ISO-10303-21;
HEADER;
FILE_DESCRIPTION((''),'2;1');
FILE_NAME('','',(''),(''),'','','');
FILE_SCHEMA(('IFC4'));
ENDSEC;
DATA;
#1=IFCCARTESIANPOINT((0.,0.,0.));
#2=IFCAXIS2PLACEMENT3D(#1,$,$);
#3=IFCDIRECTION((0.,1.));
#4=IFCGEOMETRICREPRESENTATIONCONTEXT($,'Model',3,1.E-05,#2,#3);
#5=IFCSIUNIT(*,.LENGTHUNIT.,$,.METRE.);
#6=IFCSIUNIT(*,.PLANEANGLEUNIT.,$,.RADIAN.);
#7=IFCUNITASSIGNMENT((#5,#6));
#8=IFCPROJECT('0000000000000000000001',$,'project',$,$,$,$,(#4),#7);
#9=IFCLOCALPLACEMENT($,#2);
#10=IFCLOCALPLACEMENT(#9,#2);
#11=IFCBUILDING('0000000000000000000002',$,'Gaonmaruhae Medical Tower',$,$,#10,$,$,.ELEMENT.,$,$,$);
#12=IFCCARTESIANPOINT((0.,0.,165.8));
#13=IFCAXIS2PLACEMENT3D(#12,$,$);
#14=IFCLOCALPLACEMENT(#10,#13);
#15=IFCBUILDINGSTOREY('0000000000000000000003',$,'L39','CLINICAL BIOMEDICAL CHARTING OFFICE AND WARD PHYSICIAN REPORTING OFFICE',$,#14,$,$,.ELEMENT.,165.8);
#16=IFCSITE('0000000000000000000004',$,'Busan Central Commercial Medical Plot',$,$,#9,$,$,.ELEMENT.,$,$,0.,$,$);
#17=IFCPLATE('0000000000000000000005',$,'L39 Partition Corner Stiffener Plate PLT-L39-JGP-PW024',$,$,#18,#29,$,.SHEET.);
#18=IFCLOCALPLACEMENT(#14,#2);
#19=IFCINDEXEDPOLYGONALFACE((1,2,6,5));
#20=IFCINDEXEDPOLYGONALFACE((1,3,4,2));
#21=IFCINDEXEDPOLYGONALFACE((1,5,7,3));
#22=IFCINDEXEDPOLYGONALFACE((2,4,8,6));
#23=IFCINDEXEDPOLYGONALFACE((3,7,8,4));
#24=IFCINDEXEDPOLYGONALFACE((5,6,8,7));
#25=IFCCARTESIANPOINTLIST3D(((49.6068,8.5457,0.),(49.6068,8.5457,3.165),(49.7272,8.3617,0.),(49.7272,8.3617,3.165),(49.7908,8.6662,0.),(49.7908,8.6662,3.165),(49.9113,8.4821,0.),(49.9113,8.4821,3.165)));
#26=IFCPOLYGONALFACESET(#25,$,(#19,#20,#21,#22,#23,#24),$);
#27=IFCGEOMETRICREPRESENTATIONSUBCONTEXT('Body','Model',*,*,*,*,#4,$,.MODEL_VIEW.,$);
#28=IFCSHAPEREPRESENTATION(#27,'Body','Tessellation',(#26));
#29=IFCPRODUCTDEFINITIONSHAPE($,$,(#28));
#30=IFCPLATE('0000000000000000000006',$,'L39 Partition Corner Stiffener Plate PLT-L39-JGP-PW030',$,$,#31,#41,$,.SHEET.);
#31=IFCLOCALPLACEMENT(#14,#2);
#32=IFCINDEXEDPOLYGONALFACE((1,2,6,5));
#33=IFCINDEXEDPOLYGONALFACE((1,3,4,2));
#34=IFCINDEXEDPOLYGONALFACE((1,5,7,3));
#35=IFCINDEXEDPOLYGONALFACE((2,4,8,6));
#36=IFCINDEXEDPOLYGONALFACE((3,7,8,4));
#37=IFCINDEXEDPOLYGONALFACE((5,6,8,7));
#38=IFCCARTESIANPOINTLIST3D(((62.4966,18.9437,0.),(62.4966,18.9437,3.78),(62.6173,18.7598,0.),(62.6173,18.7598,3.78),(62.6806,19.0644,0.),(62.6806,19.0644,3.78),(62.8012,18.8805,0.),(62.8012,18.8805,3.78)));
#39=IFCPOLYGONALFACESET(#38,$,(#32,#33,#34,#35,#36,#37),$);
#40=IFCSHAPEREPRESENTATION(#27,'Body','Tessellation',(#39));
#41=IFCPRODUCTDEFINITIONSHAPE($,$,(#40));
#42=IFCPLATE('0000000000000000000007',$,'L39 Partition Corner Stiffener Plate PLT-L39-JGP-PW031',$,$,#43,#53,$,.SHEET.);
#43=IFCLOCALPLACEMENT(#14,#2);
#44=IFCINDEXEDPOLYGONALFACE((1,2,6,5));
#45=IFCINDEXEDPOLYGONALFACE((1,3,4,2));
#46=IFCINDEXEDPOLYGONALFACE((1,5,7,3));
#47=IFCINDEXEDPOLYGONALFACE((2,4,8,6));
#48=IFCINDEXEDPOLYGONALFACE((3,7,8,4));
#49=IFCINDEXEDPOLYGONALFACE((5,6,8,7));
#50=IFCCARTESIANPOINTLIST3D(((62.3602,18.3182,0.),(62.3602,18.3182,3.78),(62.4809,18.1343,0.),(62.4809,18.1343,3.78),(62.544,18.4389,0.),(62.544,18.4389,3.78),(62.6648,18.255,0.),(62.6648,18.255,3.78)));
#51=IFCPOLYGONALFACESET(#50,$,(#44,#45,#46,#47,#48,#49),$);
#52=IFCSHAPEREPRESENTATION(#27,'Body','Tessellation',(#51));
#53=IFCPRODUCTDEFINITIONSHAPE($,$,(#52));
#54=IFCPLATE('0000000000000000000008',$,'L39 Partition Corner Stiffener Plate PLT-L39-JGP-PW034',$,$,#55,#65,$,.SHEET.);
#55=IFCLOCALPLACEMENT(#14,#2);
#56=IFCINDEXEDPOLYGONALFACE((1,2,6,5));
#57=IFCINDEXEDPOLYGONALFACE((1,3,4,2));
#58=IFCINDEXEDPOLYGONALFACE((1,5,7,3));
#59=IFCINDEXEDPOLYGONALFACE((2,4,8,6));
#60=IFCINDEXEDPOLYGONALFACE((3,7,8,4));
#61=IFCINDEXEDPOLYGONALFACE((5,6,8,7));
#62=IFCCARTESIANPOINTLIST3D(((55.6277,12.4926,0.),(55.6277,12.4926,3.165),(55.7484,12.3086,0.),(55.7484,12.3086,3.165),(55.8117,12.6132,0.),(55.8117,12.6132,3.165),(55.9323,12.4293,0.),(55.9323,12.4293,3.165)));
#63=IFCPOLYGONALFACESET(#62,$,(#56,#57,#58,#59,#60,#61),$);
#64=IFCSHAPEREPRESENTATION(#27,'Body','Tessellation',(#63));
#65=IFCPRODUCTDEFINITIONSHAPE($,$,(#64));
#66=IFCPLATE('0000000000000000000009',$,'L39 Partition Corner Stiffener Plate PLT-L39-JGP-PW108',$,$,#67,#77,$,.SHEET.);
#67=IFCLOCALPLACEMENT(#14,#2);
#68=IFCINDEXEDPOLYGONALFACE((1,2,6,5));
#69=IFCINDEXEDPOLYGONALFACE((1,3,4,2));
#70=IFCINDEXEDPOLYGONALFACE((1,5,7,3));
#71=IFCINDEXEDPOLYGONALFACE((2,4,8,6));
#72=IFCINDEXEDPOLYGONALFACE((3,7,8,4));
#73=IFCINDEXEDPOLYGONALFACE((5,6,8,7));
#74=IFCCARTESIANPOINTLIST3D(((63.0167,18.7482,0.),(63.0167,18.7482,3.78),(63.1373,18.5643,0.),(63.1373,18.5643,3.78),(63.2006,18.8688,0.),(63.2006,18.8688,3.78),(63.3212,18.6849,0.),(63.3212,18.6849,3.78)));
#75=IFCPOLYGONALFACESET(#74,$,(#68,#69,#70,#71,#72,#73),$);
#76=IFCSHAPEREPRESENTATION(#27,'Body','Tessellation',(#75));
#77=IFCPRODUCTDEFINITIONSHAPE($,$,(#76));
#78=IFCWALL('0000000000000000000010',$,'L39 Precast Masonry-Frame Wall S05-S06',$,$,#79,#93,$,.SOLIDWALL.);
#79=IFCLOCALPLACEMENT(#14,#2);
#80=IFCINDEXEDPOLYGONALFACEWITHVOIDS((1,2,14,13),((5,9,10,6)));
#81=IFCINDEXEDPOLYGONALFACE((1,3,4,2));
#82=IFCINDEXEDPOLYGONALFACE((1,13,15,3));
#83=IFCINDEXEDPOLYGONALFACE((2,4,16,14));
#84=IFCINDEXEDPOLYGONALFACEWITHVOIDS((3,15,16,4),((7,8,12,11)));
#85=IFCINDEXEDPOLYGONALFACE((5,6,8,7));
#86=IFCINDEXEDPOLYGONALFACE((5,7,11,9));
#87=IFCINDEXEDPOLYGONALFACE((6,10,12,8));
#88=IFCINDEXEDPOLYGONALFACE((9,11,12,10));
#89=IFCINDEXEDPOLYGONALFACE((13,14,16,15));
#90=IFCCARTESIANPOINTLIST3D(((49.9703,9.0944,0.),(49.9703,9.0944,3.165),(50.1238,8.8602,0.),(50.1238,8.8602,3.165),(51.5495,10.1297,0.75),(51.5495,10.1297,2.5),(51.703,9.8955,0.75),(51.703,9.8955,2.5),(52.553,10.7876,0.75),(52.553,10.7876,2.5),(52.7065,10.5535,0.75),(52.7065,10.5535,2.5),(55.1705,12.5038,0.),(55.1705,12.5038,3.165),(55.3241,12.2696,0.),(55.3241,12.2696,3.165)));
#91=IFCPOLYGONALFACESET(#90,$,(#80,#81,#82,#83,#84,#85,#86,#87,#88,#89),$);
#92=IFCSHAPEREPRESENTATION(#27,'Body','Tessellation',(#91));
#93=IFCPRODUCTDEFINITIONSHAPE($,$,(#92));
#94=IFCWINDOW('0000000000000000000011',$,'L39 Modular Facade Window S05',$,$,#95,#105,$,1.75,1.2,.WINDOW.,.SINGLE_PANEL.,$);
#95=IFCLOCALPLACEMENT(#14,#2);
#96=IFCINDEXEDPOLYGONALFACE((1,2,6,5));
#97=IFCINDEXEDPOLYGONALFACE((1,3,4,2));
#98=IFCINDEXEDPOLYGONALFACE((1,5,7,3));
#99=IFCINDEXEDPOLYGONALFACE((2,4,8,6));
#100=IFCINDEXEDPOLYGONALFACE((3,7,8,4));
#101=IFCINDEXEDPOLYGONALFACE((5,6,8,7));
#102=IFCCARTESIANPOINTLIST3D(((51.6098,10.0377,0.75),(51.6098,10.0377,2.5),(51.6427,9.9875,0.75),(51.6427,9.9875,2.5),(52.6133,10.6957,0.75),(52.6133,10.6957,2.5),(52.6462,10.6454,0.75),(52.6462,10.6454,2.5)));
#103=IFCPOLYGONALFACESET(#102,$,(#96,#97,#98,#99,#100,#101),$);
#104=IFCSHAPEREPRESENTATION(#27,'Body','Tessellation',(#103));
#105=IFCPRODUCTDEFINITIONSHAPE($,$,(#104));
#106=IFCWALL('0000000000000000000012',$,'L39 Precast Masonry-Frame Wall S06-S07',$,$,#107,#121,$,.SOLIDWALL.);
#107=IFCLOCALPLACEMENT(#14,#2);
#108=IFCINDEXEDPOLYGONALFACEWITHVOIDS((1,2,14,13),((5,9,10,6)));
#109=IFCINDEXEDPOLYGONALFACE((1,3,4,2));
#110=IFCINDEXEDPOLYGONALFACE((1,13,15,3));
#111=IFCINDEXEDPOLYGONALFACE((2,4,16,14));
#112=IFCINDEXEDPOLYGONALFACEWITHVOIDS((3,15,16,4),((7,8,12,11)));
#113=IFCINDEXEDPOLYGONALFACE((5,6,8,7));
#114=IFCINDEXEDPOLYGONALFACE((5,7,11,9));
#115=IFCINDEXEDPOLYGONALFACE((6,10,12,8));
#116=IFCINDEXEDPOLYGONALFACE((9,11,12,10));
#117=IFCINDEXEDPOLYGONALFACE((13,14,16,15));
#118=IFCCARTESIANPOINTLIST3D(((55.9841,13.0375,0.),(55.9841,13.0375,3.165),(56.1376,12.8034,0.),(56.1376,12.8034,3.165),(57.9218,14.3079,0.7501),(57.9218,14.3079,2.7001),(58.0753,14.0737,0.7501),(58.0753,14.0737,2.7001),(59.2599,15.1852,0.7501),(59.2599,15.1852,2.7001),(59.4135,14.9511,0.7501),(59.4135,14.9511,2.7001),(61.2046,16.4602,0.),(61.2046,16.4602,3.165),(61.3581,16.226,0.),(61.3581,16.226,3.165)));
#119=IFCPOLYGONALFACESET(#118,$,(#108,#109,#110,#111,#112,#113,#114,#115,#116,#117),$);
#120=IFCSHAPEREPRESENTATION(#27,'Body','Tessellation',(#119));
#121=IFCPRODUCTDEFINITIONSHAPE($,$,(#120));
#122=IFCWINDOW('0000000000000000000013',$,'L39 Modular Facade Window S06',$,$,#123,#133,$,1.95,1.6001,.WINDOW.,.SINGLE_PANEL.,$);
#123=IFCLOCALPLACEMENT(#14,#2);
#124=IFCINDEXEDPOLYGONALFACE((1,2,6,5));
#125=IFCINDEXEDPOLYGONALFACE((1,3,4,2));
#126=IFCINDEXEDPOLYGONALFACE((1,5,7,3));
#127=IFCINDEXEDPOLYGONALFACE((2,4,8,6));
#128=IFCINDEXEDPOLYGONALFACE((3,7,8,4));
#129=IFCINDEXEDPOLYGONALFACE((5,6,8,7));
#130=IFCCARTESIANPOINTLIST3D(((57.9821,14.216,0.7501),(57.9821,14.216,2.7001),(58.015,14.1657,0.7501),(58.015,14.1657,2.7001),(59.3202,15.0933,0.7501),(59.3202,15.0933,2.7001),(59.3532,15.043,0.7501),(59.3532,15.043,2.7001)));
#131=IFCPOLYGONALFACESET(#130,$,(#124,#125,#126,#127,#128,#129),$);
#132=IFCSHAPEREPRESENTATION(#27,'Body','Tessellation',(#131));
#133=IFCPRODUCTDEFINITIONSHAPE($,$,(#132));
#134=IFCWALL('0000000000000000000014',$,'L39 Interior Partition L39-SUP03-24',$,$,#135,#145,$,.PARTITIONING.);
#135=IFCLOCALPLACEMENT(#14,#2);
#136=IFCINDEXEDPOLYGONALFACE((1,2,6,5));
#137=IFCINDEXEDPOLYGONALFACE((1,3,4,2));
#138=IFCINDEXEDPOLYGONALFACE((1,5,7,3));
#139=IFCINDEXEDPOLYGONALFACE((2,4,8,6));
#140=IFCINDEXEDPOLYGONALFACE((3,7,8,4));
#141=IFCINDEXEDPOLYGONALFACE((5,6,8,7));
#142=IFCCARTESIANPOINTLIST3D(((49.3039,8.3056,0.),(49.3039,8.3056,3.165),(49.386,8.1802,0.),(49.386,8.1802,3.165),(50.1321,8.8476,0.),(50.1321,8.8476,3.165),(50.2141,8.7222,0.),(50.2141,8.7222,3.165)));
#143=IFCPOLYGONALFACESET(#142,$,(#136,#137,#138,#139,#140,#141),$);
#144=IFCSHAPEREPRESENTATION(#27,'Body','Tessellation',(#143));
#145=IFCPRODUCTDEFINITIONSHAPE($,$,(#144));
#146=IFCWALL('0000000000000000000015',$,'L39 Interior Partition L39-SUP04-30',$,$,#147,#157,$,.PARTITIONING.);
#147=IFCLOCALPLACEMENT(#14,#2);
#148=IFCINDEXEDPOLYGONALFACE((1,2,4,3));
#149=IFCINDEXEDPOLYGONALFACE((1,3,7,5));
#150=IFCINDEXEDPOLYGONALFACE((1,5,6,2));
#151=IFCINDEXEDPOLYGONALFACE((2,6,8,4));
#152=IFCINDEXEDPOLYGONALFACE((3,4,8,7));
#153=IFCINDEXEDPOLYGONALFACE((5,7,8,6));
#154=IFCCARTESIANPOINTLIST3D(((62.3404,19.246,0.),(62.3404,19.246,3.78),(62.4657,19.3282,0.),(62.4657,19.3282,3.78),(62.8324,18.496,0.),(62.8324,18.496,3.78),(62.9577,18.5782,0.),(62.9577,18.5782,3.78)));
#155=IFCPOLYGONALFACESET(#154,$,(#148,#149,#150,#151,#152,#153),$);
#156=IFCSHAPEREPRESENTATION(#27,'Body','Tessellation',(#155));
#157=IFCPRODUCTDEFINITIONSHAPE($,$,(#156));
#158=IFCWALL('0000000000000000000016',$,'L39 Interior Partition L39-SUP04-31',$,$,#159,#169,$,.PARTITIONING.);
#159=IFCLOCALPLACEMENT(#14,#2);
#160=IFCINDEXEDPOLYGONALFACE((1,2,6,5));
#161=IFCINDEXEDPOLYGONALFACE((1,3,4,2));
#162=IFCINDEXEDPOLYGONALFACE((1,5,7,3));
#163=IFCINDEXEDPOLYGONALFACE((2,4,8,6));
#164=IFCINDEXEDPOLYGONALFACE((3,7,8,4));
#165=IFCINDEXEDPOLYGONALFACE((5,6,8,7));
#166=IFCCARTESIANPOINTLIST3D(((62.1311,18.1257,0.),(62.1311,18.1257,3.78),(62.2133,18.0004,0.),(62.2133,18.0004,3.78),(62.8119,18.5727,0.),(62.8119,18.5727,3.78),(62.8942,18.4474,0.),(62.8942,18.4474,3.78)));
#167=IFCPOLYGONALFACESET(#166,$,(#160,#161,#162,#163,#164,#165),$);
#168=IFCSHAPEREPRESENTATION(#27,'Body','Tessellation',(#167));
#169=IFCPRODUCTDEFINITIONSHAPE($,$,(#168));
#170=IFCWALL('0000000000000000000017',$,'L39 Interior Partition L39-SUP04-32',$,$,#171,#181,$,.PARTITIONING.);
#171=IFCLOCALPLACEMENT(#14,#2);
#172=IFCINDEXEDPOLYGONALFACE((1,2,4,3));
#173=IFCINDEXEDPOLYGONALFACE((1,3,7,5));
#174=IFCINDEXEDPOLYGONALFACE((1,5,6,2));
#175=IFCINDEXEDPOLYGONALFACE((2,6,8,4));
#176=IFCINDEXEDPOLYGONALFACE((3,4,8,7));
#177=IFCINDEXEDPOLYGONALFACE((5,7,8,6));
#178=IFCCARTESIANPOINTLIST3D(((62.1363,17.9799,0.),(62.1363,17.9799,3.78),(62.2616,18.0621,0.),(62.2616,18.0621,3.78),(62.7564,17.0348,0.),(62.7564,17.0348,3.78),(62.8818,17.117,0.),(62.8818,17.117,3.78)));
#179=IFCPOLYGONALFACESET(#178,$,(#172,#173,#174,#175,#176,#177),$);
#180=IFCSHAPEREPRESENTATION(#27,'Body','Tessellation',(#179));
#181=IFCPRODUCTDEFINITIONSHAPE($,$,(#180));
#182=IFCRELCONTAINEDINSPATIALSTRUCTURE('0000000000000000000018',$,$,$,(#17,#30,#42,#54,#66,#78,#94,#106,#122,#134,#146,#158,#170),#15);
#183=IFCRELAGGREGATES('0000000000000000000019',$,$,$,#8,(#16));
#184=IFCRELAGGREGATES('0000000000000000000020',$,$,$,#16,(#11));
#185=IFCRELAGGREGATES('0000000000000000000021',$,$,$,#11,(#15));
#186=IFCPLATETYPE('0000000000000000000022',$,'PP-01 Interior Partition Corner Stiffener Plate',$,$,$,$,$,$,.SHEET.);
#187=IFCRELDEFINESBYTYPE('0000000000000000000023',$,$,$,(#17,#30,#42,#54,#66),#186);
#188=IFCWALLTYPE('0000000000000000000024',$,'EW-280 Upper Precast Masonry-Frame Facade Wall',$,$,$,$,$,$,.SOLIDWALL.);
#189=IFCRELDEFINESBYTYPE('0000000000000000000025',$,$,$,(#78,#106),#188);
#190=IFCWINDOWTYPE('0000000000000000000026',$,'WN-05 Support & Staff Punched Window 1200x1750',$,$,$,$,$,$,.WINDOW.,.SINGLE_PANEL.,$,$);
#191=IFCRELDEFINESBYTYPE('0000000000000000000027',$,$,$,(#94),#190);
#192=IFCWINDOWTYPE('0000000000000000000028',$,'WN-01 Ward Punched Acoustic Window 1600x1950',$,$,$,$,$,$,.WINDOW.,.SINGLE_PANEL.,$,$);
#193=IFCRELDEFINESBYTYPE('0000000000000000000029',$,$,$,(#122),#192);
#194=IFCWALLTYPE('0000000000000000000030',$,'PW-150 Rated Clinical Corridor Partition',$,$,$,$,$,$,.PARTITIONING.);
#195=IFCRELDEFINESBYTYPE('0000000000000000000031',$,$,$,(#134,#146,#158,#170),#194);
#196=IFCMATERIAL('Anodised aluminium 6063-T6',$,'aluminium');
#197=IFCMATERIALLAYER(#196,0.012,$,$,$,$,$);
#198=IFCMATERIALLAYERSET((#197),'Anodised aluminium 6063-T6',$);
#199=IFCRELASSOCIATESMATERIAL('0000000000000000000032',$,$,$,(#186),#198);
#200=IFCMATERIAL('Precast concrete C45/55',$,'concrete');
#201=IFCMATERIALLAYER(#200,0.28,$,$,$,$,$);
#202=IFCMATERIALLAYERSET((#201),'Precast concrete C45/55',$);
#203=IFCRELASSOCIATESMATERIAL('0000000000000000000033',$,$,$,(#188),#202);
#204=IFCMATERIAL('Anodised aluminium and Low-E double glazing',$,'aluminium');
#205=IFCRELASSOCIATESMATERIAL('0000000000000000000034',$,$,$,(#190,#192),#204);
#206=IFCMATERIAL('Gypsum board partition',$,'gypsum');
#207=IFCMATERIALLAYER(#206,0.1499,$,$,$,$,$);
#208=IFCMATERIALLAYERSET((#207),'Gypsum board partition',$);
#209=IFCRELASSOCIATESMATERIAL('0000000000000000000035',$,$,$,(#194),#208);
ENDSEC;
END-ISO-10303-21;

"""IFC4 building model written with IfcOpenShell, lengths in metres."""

from ifc_helpers import new_model, si_unit, direction, frame, frame_2d, origin, origin_2d, place, context, subcontext, project, spatial, rectangle, extrude, material, layer, layer_set, type_object, element, fill, save


model = new_model("IFC4")

# Units and contexts
model_context = context("Model", 3, precision=1e-05, world=origin(), true_north=direction((0.0, 1.0)))
body_context = subcontext(model_context, "Body", "Model", "MODEL_VIEW")
ifc_project = project(units=[si_unit("LENGTHUNIT", "METRE"), si_unit("PLANEANGLEUNIT", "RADIAN")], contexts=[model_context])

# Site, building, storey
site_placement = place(None, origin())
site = spatial("IfcSite", under=ifc_project, at=site_placement, Name="Busan Central Commercial Medical Plot", CompositionType="ELEMENT", RefElevation=0.0)
building_placement = place(site_placement, origin())
building = spatial("IfcBuilding", under=site, at=building_placement, Name="Gaonmaruhae Medical Tower", CompositionType="ELEMENT")
storey_placement = place(building_placement, frame((0.0, 0.0, 165.8)))
storey = spatial("IfcBuildingStorey", under=building, at=storey_placement, Name="L39", Description="CLINICAL BIOMEDICAL CHARTING OFFICE AND WARD PHYSICIAN REPORTING OFFICE", CompositionType="ELEMENT", Elevation=165.8)

# Plates
ifc_material_1 = material(Name="Anodised aluminium 6063-T6", Category="aluminium")
ifc_layer_1 = layer(ifc_material_1, 0.012)
ifc_layer_set_1 = layer_set([ifc_layer_1], Name="Anodised aluminium 6063-T6")
plate_type = type_object("IfcPlateType", Name="PP-01 Interior Partition Corner Stiffener Plate", PredefinedType="SHEET", material=ifc_layer_set_1)
plate_1_placement = place(storey_placement, frame((49.759, 8.5139, 0.0), z_axis=(0.0, 0.0, 1.0), x_axis=(-0.836688, -0.54768, 0.0)))
element("IfcPlate", 1, at=plate_1_placement, inside=storey, type_object=plate_type, Name="L39 Partition Corner Stiffener Plate PLT-L39-JGP-PW024", PredefinedType="SHEET", context=body_context, shape_type="SweptSolid", body=[
    extrude(rectangle(XDim=0.22, YDim=0.22, at=origin_2d()), origin(), (0.0, 0.0, 1.0), 3.165),
])
for number, where, z_axis, x_axis, name in (
    (2, (62.6489, 18.9121, 0.0), (0.0, 0.0, 1.0), (0.548512, -0.836143, 0.0), "L39 Partition Corner Stiffener Plate PLT-L39-JGP-PW030"),
    (3, (62.5125, 18.2866, 0.0), (0.0, 0.0, 1.0), (-0.835999, -0.548731, 0.0), "L39 Partition Corner Stiffener Plate PLT-L39-JGP-PW031"),
):
    element("IfcPlate", number, at=place(storey_placement, frame(where, z_axis=z_axis, x_axis=x_axis)), inside=storey, type_object=plate_type, Name=name, PredefinedType="SHEET", context=body_context, shape_type="SweptSolid", body=[
        extrude(rectangle(XDim=0.22, YDim=0.22, at=origin_2d()), origin(), (0.0, 0.0, 1.0), 3.78),
    ])
plate_2_placement = place(storey_placement, frame((55.78, 12.4609, 0.0), z_axis=(0.0, 0.0, 1.0), x_axis=(-0.836133, -0.548527, 0.0)))
element("IfcPlate", 4, at=plate_2_placement, inside=storey, type_object=plate_type, Name="L39 Partition Corner Stiffener Plate PLT-L39-JGP-PW034", PredefinedType="SHEET", context=body_context, shape_type="SweptSolid", body=[
    extrude(rectangle(XDim=0.22, YDim=0.22, at=origin_2d()), origin(), (0.0, 0.0, 1.0), 3.165),
])
plate_3_placement = place(storey_placement, frame((63.1689, 18.7166, 0.0), z_axis=(0.0, 0.0, 1.0), x_axis=(-0.836277, -0.548308, 0.0)))
element("IfcPlate", 5, at=plate_3_placement, inside=storey, type_object=plate_type, Name="L39 Partition Corner Stiffener Plate PLT-L39-JGP-PW108", PredefinedType="SHEET", context=body_context, shape_type="SweptSolid", body=[
    extrude(rectangle(XDim=0.22, YDim=0.22, at=origin_2d()), origin(), (0.0, 0.0, 1.0), 3.78),
])

# Walls, openings, windows
ifc_material_2 = material(Name="Precast concrete C45/55", Category="concrete")
ifc_layer_2 = layer(ifc_material_2, 0.28)
ifc_layer_set_2 = layer_set([ifc_layer_2], Name="Precast concrete C45/55")
wall_type_1 = type_object("IfcWallType", Name="EW-280 Upper Precast Masonry-Frame Facade Wall", PredefinedType="SOLIDWALL", material=ifc_layer_set_2)
wall_1_placement = place(storey_placement, frame((55.2473, 12.3867, 0.0), z_axis=(0.0, 0.0, 1.0), x_axis=(-0.836284, -0.548296, 0.0)))
wall_1 = element("IfcWall", 6, at=wall_1_placement, inside=storey, type_object=wall_type_1, Name="L39 Precast Masonry-Frame Wall S05-S06", PredefinedType="SOLIDWALL", context=body_context, shape_type="SweptSolid", body=[
    extrude(rectangle(XDim=6.2183, YDim=0.28, at=frame_2d((3.1091, 0.0))), origin(), (0.0, 0.0, 1.0), 3.165),
])
opening_1_placement = place(wall_1_placement, frame((3.1299, 0.0, 0.75)))
opening_1 = element("IfcOpeningElement", 7, at=opening_1_placement, cuts=wall_1, PredefinedType="OPENING", context=body_context, shape_type="SweptSolid", body=[
    extrude(rectangle(XDim=1.2, YDim=1.75, at=frame_2d((0.6001, 0.875))), frame((0.0, 0.1499, 0.0), z_axis=(0.0, -1.0, 0.0), x_axis=(1.0, 0.0, 0.0)), (0.0, 0.0, 1.0), 0.3),
])
ifc_material_3 = material(Name="Anodised aluminium and Low-E double glazing", Category="aluminium")
window_type_1 = type_object("IfcWindowType", Name="WN-05 Support & Staff Punched Window 1200x1750", PartitioningType="SINGLE_PANEL", PredefinedType="WINDOW", material=ifc_material_3)
window_1_placement = place(opening_1_placement, origin())
window_1 = element("IfcWindow", 8, at=window_1_placement, inside=storey, type_object=window_type_1, Name="L39 Modular Facade Window S05", OverallHeight=1.75, OverallWidth=1.2, PartitioningType="SINGLE_PANEL", PredefinedType="WINDOW", context=body_context, shape_type="SweptSolid", body=[
    extrude(rectangle(XDim=1.2, YDim=1.75, at=frame_2d((0.6001, 0.875))), frame((0.0, 0.03, 0.0), z_axis=(0.0, -1.0, 0.0), x_axis=(1.0, 0.0, 0.0)), (0.0, 0.0, 1.0), 0.0601),
])
fill(opening_1, window_1)
wall_2_placement = place(storey_placement, frame((61.2812, 16.343, 0.0), z_axis=(0.0, 0.0, 1.0), x_axis=(-0.836292, -0.548285, 0.0)))
wall_2 = element("IfcWall", 9, at=wall_2_placement, inside=storey, type_object=wall_type_1, Name="L39 Precast Masonry-Frame Wall S06-S07", PredefinedType="SOLIDWALL", context=body_context, shape_type="SweptSolid", body=[
    extrude(rectangle(XDim=6.2424, YDim=0.28, at=frame_2d((3.1211, 0.0))), origin(), (0.0, 0.0, 1.0), 3.165),
])
opening_2_placement = place(wall_2_placement, frame((2.3252, 0.0, 0.75)))
opening_2 = element("IfcOpeningElement", 10, at=opening_2_placement, cuts=wall_2, PredefinedType="OPENING", context=body_context, shape_type="SweptSolid", body=[
    extrude(rectangle(XDim=1.6001, YDim=1.95, at=frame_2d((0.8, 0.9751))), frame((0.0, 0.1499, 0.0), z_axis=(0.0, -1.0, 0.0), x_axis=(1.0, 0.0, 0.0)), (0.0, 0.0, 1.0), 0.3),
])
window_type_2 = type_object("IfcWindowType", Name="WN-01 Ward Punched Acoustic Window 1600x1950", PartitioningType="SINGLE_PANEL", PredefinedType="WINDOW", material=ifc_material_3)
window_2_placement = place(opening_2_placement, origin())
window_2 = element("IfcWindow", 11, at=window_2_placement, inside=storey, type_object=window_type_2, Name="L39 Modular Facade Window S06", OverallHeight=1.95, OverallWidth=1.6001, PartitioningType="SINGLE_PANEL", PredefinedType="WINDOW", context=body_context, shape_type="SweptSolid", body=[
    extrude(rectangle(XDim=1.6001, YDim=1.95, at=frame_2d((0.8, 0.9751))), frame((0.0, 0.03, 0.0), z_axis=(0.0, -1.0, 0.0), x_axis=(1.0, 0.0, 0.0)), (0.0, 0.0, 1.0), 0.0601),
])
fill(opening_2, window_2)

# Walls
ifc_material_4 = material(Name="Gypsum board partition", Category="gypsum")
ifc_layer_3 = layer(ifc_material_4, 0.1499)
ifc_layer_set_3 = layer_set([ifc_layer_3], Name="Gypsum board partition")
wall_type_2 = type_object("IfcWallType", Name="PW-150 Rated Clinical Corridor Partition", PredefinedType="PARTITIONING", material=ifc_layer_set_3)
wall_3_placement = place(storey_placement, frame((50.1731, 8.7849, 0.0), z_axis=(0.0, 0.0, 1.0), x_axis=(-0.836726, -0.547621, 0.0)))
element("IfcWall", 12, at=wall_3_placement, inside=storey, type_object=wall_type_2, Name="L39 Interior Partition L39-SUP03-24", PredefinedType="PARTITIONING", context=body_context, shape_type="SweptSolid", body=[
    extrude(rectangle(XDim=0.9897, YDim=0.1499, at=frame_2d((0.4949, 0.0))), origin(), (0.0, 0.0, 1.0), 3.165),
])
wall_4_placement = place(storey_placement, frame((62.4031, 19.2871, 0.0), z_axis=(0.0, 0.0, 1.0), x_axis=(0.548466, -0.836173, 0.0)))
element("IfcWall", 13, at=wall_4_placement, inside=storey, type_object=wall_type_2, Name="L39 Interior Partition L39-SUP04-30", PredefinedType="PARTITIONING", context=body_context, shape_type="SweptSolid", body=[
    extrude(rectangle(XDim=0.897, YDim=0.1499, at=frame_2d((0.4485, 0.0))), origin(), (0.0, 0.0, 1.0), 3.78),
])
wall_5_placement = place(storey_placement, frame((62.853, 18.51, 0.0), z_axis=(0.0, 0.0, 1.0), x_axis=(-0.835949, -0.548807, 0.0)))
element("IfcWall", 14, at=wall_5_placement, inside=storey, type_object=wall_type_2, Name="L39 Interior Partition L39-SUP04-31", PredefinedType="PARTITIONING", context=body_context, shape_type="SweptSolid", body=[
    extrude(rectangle(XDim=0.8145, YDim=0.1499, at=frame_2d((0.4072, 0.0))), origin(), (0.0, 0.0, 1.0), 3.78),
])
wall_6_placement = place(storey_placement, frame((62.199, 18.021, 0.0), z_axis=(0.0, 0.0, 1.0), x_axis=(0.548605, -0.836082, 0.0)))
element("IfcWall", 15, at=wall_6_placement, inside=storey, type_object=wall_type_2, Name="L39 Interior Partition L39-SUP04-32", PredefinedType="PARTITIONING", context=body_context, shape_type="SweptSolid", body=[
    extrude(rectangle(XDim=1.1304, YDim=0.1499, at=frame_2d((0.5652, 0.0))), origin(), (0.0, 0.0, 1.0), 3.78),
])

save(model, "model.ifc")
